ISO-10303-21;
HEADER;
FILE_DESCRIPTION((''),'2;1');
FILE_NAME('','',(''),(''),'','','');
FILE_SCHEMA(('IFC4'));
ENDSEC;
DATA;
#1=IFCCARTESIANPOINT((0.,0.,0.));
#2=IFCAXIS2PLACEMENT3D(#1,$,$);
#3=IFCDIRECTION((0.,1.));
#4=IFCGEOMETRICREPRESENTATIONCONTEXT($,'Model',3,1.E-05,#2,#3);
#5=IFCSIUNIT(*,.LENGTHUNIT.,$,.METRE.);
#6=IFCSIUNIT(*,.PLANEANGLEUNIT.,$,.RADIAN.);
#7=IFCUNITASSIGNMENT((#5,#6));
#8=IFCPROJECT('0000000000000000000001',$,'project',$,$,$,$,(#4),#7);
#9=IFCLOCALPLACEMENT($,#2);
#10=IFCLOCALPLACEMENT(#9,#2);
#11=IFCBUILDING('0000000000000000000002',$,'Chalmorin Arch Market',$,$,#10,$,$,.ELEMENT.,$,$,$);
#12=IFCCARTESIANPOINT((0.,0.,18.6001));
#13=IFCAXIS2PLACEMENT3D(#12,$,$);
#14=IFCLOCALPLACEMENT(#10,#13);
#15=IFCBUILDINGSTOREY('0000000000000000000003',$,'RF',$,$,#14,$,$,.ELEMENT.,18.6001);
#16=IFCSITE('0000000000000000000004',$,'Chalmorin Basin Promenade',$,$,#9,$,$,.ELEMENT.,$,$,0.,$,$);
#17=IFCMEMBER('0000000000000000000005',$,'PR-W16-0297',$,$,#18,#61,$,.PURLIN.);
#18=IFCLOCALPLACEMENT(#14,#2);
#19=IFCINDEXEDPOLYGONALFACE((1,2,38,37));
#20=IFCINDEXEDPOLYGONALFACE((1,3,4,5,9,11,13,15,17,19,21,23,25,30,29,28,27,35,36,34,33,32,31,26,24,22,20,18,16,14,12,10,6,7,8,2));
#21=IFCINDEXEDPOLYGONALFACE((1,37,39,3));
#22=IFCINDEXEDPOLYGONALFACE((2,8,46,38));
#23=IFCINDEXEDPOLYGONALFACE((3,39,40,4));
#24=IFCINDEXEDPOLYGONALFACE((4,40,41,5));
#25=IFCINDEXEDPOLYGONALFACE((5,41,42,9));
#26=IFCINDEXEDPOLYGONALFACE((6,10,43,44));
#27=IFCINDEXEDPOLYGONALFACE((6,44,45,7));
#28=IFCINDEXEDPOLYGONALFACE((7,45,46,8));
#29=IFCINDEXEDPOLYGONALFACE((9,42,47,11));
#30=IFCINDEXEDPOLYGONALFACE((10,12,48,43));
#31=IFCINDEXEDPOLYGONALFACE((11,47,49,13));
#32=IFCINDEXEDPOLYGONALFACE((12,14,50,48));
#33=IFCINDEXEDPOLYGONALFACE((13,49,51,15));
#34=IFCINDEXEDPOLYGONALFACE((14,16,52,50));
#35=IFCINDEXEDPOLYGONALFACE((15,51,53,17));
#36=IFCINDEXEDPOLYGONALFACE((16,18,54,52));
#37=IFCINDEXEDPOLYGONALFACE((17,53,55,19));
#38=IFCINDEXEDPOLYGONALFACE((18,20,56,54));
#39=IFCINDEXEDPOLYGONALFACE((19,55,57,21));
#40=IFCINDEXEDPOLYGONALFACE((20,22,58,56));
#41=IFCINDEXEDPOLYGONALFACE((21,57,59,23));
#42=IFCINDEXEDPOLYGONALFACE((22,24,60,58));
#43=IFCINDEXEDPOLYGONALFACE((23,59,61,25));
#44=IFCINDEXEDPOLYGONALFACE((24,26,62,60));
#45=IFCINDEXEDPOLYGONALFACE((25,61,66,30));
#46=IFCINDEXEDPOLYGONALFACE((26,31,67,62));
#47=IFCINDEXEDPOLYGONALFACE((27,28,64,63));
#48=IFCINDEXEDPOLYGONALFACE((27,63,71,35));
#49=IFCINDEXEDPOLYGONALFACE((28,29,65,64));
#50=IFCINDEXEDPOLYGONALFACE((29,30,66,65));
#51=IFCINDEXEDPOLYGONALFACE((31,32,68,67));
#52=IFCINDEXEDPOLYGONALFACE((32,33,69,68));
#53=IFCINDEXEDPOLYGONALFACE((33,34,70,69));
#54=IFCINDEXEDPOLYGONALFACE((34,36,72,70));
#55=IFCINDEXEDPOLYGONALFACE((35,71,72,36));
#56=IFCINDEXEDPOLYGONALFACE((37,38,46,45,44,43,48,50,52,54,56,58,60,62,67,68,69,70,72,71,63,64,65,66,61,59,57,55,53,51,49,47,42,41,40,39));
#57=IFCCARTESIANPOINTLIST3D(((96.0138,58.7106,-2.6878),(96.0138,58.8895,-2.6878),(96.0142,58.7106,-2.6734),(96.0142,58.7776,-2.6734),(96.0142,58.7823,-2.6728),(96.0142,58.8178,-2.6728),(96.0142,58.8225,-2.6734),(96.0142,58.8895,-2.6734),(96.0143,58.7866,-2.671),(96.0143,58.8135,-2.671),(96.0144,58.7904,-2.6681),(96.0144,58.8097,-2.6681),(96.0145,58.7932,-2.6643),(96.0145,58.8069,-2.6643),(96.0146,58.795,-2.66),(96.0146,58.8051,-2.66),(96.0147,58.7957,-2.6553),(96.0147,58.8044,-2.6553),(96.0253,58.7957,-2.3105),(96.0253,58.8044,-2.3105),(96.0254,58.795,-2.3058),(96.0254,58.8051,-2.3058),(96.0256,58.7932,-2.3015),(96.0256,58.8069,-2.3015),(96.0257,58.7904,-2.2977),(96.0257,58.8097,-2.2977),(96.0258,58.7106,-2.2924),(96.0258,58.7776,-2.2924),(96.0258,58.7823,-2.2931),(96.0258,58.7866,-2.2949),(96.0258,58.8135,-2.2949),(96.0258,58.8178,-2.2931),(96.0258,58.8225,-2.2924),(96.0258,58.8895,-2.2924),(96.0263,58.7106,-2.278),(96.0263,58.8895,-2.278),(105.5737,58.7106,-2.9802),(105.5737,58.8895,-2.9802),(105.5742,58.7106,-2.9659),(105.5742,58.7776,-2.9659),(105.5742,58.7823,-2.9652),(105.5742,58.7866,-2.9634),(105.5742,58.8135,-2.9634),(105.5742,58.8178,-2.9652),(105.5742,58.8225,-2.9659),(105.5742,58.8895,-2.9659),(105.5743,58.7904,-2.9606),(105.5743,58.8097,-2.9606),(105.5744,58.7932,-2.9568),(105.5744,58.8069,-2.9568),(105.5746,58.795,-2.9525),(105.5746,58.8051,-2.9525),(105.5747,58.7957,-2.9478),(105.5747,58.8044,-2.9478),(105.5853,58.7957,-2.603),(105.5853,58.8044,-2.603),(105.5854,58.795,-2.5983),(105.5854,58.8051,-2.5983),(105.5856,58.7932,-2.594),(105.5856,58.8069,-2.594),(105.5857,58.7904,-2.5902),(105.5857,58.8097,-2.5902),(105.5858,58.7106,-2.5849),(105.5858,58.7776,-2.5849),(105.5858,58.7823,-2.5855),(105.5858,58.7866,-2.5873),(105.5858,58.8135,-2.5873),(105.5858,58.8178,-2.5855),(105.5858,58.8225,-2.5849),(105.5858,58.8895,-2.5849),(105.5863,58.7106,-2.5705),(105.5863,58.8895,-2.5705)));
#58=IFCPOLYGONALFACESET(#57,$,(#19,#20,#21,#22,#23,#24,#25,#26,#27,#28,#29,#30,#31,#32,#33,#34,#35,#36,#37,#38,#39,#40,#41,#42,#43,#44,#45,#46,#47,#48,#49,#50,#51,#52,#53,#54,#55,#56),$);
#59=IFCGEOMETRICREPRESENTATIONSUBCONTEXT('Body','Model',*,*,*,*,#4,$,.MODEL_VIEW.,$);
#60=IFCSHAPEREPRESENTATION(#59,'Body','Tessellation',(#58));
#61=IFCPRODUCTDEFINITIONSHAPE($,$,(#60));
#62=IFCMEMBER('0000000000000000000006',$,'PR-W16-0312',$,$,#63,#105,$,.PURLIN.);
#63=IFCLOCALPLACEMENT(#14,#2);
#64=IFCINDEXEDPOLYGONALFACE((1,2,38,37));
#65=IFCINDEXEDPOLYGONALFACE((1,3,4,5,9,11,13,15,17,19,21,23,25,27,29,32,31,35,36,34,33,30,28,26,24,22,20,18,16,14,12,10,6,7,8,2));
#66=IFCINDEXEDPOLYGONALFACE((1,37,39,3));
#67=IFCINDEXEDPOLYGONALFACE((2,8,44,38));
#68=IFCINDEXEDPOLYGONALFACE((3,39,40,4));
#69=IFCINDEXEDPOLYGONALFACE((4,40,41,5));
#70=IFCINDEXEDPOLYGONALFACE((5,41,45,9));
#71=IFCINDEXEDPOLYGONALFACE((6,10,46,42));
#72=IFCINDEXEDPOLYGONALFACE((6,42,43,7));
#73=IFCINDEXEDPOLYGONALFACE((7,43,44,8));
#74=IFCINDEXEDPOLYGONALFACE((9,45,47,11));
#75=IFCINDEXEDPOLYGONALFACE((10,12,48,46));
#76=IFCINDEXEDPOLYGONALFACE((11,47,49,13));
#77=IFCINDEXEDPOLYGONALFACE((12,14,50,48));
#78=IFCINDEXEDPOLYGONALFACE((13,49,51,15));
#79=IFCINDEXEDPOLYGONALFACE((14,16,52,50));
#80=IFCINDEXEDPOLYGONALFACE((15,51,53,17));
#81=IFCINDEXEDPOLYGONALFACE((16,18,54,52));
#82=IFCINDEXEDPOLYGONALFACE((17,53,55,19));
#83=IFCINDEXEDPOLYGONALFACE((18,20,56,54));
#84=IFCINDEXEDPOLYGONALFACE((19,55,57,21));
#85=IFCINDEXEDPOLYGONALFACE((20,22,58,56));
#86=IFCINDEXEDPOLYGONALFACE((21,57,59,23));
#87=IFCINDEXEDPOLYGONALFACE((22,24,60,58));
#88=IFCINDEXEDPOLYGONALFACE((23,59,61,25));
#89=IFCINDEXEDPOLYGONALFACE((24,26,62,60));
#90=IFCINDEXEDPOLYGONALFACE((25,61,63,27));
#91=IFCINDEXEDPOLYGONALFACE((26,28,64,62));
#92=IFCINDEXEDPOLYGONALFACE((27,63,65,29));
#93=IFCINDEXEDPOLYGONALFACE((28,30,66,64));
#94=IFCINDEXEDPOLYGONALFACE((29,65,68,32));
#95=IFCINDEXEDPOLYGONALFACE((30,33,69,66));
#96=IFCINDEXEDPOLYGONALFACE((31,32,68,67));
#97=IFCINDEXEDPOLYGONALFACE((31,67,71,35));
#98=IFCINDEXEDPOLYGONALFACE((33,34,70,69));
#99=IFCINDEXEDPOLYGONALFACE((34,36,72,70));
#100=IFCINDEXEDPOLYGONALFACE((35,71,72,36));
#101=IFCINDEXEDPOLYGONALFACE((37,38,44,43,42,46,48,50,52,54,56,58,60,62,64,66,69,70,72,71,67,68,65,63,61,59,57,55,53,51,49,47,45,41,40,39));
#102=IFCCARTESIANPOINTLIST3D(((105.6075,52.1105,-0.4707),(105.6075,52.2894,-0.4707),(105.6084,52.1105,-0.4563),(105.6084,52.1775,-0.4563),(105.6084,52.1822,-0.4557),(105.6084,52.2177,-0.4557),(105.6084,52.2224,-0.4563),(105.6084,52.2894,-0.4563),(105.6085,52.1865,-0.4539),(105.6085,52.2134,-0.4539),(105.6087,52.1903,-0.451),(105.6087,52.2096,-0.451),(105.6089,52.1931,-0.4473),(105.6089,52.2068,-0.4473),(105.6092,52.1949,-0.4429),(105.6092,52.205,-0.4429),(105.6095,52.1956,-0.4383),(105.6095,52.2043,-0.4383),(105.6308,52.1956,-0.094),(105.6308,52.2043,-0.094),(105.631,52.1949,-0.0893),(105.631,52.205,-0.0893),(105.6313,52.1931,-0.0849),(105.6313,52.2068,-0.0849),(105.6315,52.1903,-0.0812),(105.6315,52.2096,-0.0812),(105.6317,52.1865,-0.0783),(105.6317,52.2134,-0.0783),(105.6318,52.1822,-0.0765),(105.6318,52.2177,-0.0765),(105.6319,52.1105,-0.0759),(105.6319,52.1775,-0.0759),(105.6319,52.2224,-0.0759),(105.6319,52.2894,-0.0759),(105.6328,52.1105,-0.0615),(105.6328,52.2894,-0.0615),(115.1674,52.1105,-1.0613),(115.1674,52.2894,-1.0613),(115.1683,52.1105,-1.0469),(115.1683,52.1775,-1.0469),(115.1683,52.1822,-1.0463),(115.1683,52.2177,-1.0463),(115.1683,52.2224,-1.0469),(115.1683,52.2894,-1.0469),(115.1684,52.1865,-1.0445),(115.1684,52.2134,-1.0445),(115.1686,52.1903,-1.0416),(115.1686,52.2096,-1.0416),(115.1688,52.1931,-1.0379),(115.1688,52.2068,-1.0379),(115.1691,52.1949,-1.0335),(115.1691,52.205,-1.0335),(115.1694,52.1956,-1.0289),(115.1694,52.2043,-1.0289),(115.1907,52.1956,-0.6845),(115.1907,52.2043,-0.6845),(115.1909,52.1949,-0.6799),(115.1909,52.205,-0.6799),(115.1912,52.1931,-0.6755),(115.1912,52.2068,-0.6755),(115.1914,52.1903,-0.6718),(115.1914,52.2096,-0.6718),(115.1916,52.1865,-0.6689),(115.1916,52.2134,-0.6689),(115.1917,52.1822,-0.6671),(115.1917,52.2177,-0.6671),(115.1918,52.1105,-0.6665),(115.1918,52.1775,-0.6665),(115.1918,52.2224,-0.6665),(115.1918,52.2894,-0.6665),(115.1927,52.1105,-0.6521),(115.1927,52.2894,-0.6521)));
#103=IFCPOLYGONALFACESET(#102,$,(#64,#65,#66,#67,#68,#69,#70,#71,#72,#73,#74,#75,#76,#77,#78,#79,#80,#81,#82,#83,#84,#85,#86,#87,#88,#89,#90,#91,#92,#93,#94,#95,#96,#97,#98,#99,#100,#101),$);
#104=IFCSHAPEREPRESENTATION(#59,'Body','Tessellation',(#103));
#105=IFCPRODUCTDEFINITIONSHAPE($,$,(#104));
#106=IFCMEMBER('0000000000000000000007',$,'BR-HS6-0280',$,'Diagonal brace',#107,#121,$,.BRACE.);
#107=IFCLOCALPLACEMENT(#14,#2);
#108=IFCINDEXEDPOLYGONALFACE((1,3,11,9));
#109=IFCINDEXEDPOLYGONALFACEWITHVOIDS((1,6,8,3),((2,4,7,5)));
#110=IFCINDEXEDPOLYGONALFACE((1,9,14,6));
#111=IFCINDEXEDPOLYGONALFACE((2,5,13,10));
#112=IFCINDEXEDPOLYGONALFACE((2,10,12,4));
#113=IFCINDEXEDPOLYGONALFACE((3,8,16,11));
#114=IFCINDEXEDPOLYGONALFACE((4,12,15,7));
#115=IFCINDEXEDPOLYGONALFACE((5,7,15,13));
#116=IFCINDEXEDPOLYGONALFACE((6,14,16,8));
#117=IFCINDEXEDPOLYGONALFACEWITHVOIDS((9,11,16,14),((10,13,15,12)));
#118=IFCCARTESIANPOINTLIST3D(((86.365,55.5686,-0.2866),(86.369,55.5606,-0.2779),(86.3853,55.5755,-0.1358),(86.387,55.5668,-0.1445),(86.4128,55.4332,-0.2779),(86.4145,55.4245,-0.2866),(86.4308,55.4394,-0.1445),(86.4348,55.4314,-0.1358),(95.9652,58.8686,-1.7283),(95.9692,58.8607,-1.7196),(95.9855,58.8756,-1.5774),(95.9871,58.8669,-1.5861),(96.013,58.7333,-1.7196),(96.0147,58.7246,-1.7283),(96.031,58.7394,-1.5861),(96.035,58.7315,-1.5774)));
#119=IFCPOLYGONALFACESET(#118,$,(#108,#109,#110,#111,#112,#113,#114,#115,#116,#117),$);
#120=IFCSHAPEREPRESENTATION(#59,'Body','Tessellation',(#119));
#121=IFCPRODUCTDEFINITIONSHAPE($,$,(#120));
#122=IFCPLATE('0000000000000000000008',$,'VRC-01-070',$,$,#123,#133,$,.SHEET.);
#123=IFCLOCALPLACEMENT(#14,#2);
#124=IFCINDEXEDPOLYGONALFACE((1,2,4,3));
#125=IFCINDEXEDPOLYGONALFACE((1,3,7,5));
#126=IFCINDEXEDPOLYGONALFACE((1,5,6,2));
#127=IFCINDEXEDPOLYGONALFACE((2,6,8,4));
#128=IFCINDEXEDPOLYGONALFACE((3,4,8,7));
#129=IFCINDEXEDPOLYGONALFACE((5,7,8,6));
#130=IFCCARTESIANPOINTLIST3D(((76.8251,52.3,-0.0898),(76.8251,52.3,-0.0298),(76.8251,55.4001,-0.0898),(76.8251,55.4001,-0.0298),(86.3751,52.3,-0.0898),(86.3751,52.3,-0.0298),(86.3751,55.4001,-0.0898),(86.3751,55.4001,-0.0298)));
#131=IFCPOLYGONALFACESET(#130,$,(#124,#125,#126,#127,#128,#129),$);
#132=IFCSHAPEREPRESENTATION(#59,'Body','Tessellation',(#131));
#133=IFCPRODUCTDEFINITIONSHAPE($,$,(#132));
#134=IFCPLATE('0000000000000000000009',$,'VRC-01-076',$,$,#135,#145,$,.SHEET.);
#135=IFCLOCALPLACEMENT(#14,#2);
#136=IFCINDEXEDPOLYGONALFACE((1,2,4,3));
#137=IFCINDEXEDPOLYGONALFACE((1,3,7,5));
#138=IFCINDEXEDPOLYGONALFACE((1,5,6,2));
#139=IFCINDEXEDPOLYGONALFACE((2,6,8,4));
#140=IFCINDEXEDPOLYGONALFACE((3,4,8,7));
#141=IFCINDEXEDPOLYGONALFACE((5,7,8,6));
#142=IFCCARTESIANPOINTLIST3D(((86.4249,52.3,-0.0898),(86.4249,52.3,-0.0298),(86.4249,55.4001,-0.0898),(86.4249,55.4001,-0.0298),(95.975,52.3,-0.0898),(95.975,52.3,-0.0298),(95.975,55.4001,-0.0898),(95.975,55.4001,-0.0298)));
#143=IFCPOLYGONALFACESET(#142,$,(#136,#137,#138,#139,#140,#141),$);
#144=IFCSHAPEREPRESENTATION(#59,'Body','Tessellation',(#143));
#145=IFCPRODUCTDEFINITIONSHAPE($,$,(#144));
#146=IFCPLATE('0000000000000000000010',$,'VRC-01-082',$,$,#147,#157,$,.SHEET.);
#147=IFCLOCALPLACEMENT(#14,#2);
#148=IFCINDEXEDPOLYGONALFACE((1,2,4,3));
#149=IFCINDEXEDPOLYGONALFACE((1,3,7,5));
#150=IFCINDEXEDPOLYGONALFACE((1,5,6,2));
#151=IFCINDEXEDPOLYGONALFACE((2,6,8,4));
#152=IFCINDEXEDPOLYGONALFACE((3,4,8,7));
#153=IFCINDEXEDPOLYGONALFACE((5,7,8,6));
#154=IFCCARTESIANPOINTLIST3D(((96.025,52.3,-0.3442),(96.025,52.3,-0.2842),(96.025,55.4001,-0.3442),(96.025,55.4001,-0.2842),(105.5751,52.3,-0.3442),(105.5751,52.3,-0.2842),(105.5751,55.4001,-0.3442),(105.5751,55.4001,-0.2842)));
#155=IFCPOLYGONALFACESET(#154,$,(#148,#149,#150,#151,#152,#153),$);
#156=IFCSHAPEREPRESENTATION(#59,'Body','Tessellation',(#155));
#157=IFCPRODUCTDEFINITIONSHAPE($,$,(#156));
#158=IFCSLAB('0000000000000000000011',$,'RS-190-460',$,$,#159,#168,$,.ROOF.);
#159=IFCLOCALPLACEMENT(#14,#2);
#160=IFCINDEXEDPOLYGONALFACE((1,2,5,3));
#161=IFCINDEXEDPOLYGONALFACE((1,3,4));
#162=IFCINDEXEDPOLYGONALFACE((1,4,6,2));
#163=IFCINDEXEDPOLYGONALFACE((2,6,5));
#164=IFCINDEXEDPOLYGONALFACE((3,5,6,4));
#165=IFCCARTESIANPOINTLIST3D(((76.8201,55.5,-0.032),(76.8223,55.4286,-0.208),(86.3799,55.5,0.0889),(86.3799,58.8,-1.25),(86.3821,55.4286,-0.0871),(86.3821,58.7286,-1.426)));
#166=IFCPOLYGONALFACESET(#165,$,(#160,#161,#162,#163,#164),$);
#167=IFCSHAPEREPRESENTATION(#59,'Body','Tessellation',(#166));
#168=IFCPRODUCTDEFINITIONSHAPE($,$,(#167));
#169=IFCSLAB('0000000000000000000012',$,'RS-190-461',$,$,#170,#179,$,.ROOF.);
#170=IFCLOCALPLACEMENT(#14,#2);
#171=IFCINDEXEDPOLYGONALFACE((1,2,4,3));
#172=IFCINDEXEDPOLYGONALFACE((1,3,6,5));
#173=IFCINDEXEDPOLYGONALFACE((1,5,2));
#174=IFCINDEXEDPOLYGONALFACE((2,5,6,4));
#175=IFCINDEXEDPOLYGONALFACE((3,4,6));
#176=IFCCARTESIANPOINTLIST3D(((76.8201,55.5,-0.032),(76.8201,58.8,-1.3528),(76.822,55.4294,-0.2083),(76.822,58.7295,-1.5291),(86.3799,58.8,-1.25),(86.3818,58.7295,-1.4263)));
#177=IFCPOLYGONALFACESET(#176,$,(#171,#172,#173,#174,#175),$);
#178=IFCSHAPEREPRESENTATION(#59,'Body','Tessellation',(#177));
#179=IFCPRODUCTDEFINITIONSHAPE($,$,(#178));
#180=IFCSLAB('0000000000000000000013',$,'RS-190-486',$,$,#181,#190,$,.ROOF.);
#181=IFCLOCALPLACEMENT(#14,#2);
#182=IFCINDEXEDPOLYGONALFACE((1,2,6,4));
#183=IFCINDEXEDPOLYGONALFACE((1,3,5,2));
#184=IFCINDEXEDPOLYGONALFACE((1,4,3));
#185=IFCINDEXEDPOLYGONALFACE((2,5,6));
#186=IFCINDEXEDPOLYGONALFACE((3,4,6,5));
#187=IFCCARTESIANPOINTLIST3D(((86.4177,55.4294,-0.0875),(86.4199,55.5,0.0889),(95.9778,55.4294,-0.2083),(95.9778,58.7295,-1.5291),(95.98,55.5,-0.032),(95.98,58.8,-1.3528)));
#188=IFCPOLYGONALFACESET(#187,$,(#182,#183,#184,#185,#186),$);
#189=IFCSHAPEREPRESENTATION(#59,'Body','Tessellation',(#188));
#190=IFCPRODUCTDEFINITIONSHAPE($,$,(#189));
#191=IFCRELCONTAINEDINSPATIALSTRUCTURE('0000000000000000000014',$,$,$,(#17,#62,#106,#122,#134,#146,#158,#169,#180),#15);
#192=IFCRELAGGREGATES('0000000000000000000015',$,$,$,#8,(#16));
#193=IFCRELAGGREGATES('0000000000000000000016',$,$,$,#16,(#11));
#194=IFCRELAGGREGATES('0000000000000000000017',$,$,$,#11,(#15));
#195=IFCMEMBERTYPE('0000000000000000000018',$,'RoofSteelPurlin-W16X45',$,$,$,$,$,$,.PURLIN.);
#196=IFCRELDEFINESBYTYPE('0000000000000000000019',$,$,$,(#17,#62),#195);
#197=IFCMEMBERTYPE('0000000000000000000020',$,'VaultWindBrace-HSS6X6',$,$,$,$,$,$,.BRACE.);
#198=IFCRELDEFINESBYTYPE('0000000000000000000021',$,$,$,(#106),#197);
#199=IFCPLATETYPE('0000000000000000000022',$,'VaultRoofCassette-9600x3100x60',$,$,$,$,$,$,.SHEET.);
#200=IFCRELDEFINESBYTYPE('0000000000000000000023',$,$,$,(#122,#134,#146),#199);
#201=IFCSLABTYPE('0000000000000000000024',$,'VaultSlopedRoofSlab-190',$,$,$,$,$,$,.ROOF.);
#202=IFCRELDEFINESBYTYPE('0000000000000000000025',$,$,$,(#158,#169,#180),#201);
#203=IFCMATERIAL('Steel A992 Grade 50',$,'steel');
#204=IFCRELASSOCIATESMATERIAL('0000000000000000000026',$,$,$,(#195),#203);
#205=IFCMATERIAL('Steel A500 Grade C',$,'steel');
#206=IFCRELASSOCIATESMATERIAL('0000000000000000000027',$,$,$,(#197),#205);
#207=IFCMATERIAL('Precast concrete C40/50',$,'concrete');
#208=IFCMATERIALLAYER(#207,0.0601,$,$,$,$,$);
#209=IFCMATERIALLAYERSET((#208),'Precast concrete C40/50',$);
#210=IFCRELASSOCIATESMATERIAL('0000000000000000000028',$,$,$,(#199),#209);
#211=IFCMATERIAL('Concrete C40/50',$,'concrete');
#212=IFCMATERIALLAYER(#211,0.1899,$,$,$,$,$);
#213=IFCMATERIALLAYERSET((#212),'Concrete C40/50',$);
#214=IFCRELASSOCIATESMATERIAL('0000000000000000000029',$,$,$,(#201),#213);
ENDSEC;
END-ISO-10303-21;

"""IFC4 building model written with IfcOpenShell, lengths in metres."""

from ifc_helpers import new_model, si_unit, direction, frame, origin, origin_2d, place, context, subcontext, project, spatial, polyline, rectangle, hollow_rectangle, i_section, outline, extrude, material, layer, layer_set, material_profile, profile_set, type_object, element, save


model = new_model("IFC4")

# Units and contexts
model_context = context("Model", 3, precision=1e-05, world=origin(), true_north=direction((0.0, 1.0)))
body_context = subcontext(model_context, "Body", "Model", "MODEL_VIEW")
ifc_project = project(units=[si_unit("LENGTHUNIT", "METRE"), si_unit("PLANEANGLEUNIT", "RADIAN")], contexts=[model_context])

# Site, building, storey
site_placement = place(None, origin())
site = spatial("IfcSite", under=ifc_project, at=site_placement, Name="Chalmorin Basin Promenade", CompositionType="ELEMENT", RefElevation=0.0)
building_placement = place(site_placement, origin())
building = spatial("IfcBuilding", under=site, at=building_placement, Name="Chalmorin Arch Market", CompositionType="ELEMENT")
storey_placement = place(building_placement, frame((0.0, 0.0, 18.6001)))
storey = spatial("IfcBuildingStorey", under=building, at=storey_placement, Name="RF", CompositionType="ELEMENT", Elevation=18.6001)

# Shared definitions
ifc_material_1 = material(Name="Steel A500 Grade C", Category="steel")

# Members
ifc_material_2 = material(Name="Steel A992 Grade 50", Category="steel")
ifc_material_profile_1 = material_profile(ifc_material_2, i_section(OverallWidth=0.179, OverallDepth=0.4099, WebThickness=0.0088, FlangeThickness=0.0144, FilletRadius=0.0181, at=origin_2d()), Name="W16X45")
ifc_profile_set_1 = profile_set([ifc_material_profile_1], Name="Steel A992 Grade 50")
member_type_1 = type_object("IfcMemberType", Name="RoofSteelPurlin-W16X45", PredefinedType="PURLIN", material=ifc_profile_set_1)
member_1_placement = place(storey_placement, frame((96.02, 58.8, -2.4829), z_axis=(0.999532, 0.0, -0.03058), x_axis=(0.0, 1.0, 0.0)))
element("IfcMember", 1, at=member_1_placement, inside=storey, type_object=member_type_1, Name="PR-W16-0297", PredefinedType="PURLIN", context=body_context, shape_type="SweptSolid", body=[
    extrude(i_section(OverallWidth=0.179, OverallDepth=0.4099, WebThickness=0.0088, FlangeThickness=0.0144, FilletRadius=0.0181, at=origin_2d()), origin(), (0.0, 0.0, 1.0), 9.5645),
])
member_2_placement = place(storey_placement, frame((105.6201, 52.2, -0.2661), z_axis=(0.998097, 0.0, -0.061659), x_axis=(0.0, 1.0, 0.0)))
element("IfcMember", 2, at=member_2_placement, inside=storey, type_object=member_type_1, Name="PR-W16-0312", PredefinedType="PURLIN", context=body_context, shape_type="SweptSolid", body=[
    extrude(i_section(OverallWidth=0.179, OverallDepth=0.4099, WebThickness=0.0088, FlangeThickness=0.0144, FilletRadius=0.0181, at=origin_2d()), origin(), (0.0, 0.0, 1.0), 9.5781),
])
ifc_material_profile_2 = material_profile(ifc_material_1, hollow_rectangle(XDim=0.1523, YDim=0.1523, WallThickness=0.0088, at=origin_2d()), Name="HSS6X6X3/8")
ifc_profile_set_2 = profile_set([ifc_material_profile_2], Name="Steel A500 Grade C")
member_type_2 = type_object("IfcMemberType", Name="VaultWindBrace-HSS6X6", PredefinedType="BRACE", material=ifc_profile_set_2)
member_3_placement = place(storey_placement, frame((86.3999, 55.5, -0.2112), z_axis=(0.936292, 0.321852, -0.140603), x_axis=(-0.325081, 0.945686, 0.0)))
element("IfcMember", 3, at=member_3_placement, inside=storey, type_object=member_type_2, Name="BR-HS6-0280", ObjectType="Diagonal brace", PredefinedType="BRACE", context=body_context, shape_type="SweptSolid", body=[
    extrude(hollow_rectangle(XDim=0.1523, YDim=0.1523, WallThickness=0.0088, at=origin_2d()), origin(), (0.0, 0.0, 1.0), 10.2534),
])

# Plates
ifc_material_3 = material(Name="Precast concrete C40/50", Category="concrete")
ifc_layer_1 = layer(ifc_material_3, 0.0601)
ifc_layer_set_1 = layer_set([ifc_layer_1], Name="Precast concrete C40/50")
plate_type = type_object("IfcPlateType", Name="VaultRoofCassette-9600x3100x60", PredefinedType="SHEET", material=ifc_layer_set_1)
for number, where, z_axis, x_axis, name in (
    (4, (81.6001, 53.8501, -0.0898), (0.0, 0.0, 1.0), (1.0, 0.0, 0.0), "VRC-01-070"),
    (5, (91.2, 53.8501, -0.0898), (0.0, 0.0, 1.0), (1.0, 0.0, 0.0), "VRC-01-076"),
    (6, (100.8, 53.8501, -0.3442), (0.0, 0.0, 1.0), (1.0, 0.0, 0.0), "VRC-01-082"),
):
    element("IfcPlate", number, at=place(storey_placement, frame(where, z_axis=z_axis, x_axis=x_axis)), inside=storey, type_object=plate_type, Name=name, PredefinedType="SHEET", context=body_context, shape_type="SweptSolid", body=[
        extrude(rectangle(XDim=9.55, YDim=3.1001, at=origin_2d()), origin(), (0.0, 0.0, 1.0), 0.0601),
    ])

# Slabs
ifc_material_4 = material(Name="Concrete C40/50", Category="concrete")
ifc_layer_2 = layer(ifc_material_4, 0.1899)
ifc_layer_set_2 = layer_set([ifc_layer_2], Name="Concrete C40/50")
slab_type = type_object("IfcSlabType", Name="VaultSlopedRoofSlab-190", PredefinedType="ROOF", material=ifc_layer_set_2)
slab_1_placement = place(storey_placement, frame((76.8201, 55.5, -0.032), z_axis=(-0.011713, 0.375923, 0.926577), x_axis=(0.99992, 0.0, 0.01264)))
element("IfcSlab", 7, at=slab_1_placement, inside=storey, type_object=slab_type, Name="RS-190-460", PredefinedType="ROOF", context=body_context, shape_type="SweptSolid", body=[
    extrude(outline(polyline([(0.0, 0.0), (9.5606, 0.0), (9.5437, 3.5613), (0.0, 0.0)])), origin(), (0.0, 0.0, -1.0), 0.1899),
])
slab_2_placement = place(storey_placement, frame((76.8201, 55.5, -0.032), z_axis=(-0.009981, 0.371562, 0.928355), x_axis=(0.938483, 0.323964, -0.119572)))
element("IfcSlab", 8, at=slab_2_placement, inside=storey, type_object=slab_type, Name="RS-190-461", PredefinedType="ROOF", context=body_context, shape_type="SweptSolid", body=[
    extrude(outline(polyline([(0.0, 0.0), (10.1865, 0.0), (1.227, 3.3361), (0.0, 0.0)])), origin(), (0.0, 0.0, -1.0), 0.1899),
])
slab_3_placement = place(storey_placement, frame((86.4199, 55.5, 0.0889), z_axis=(0.011735, 0.371555, 0.928337), x_axis=(0.99992, 0.0, -0.01264)))
element("IfcSlab", 9, at=slab_3_placement, inside=storey, type_object=slab_type, Name="RS-190-486", PredefinedType="ROOF", context=body_context, shape_type="SweptSolid", body=[
    extrude(outline(polyline([(0.0, 0.0), (9.5608, 0.0), (9.5775, 3.5545), (0.0, 0.0)])), origin(), (0.0, 0.0, -1.0), 0.1899),
])

save(model, "model.ifc")
